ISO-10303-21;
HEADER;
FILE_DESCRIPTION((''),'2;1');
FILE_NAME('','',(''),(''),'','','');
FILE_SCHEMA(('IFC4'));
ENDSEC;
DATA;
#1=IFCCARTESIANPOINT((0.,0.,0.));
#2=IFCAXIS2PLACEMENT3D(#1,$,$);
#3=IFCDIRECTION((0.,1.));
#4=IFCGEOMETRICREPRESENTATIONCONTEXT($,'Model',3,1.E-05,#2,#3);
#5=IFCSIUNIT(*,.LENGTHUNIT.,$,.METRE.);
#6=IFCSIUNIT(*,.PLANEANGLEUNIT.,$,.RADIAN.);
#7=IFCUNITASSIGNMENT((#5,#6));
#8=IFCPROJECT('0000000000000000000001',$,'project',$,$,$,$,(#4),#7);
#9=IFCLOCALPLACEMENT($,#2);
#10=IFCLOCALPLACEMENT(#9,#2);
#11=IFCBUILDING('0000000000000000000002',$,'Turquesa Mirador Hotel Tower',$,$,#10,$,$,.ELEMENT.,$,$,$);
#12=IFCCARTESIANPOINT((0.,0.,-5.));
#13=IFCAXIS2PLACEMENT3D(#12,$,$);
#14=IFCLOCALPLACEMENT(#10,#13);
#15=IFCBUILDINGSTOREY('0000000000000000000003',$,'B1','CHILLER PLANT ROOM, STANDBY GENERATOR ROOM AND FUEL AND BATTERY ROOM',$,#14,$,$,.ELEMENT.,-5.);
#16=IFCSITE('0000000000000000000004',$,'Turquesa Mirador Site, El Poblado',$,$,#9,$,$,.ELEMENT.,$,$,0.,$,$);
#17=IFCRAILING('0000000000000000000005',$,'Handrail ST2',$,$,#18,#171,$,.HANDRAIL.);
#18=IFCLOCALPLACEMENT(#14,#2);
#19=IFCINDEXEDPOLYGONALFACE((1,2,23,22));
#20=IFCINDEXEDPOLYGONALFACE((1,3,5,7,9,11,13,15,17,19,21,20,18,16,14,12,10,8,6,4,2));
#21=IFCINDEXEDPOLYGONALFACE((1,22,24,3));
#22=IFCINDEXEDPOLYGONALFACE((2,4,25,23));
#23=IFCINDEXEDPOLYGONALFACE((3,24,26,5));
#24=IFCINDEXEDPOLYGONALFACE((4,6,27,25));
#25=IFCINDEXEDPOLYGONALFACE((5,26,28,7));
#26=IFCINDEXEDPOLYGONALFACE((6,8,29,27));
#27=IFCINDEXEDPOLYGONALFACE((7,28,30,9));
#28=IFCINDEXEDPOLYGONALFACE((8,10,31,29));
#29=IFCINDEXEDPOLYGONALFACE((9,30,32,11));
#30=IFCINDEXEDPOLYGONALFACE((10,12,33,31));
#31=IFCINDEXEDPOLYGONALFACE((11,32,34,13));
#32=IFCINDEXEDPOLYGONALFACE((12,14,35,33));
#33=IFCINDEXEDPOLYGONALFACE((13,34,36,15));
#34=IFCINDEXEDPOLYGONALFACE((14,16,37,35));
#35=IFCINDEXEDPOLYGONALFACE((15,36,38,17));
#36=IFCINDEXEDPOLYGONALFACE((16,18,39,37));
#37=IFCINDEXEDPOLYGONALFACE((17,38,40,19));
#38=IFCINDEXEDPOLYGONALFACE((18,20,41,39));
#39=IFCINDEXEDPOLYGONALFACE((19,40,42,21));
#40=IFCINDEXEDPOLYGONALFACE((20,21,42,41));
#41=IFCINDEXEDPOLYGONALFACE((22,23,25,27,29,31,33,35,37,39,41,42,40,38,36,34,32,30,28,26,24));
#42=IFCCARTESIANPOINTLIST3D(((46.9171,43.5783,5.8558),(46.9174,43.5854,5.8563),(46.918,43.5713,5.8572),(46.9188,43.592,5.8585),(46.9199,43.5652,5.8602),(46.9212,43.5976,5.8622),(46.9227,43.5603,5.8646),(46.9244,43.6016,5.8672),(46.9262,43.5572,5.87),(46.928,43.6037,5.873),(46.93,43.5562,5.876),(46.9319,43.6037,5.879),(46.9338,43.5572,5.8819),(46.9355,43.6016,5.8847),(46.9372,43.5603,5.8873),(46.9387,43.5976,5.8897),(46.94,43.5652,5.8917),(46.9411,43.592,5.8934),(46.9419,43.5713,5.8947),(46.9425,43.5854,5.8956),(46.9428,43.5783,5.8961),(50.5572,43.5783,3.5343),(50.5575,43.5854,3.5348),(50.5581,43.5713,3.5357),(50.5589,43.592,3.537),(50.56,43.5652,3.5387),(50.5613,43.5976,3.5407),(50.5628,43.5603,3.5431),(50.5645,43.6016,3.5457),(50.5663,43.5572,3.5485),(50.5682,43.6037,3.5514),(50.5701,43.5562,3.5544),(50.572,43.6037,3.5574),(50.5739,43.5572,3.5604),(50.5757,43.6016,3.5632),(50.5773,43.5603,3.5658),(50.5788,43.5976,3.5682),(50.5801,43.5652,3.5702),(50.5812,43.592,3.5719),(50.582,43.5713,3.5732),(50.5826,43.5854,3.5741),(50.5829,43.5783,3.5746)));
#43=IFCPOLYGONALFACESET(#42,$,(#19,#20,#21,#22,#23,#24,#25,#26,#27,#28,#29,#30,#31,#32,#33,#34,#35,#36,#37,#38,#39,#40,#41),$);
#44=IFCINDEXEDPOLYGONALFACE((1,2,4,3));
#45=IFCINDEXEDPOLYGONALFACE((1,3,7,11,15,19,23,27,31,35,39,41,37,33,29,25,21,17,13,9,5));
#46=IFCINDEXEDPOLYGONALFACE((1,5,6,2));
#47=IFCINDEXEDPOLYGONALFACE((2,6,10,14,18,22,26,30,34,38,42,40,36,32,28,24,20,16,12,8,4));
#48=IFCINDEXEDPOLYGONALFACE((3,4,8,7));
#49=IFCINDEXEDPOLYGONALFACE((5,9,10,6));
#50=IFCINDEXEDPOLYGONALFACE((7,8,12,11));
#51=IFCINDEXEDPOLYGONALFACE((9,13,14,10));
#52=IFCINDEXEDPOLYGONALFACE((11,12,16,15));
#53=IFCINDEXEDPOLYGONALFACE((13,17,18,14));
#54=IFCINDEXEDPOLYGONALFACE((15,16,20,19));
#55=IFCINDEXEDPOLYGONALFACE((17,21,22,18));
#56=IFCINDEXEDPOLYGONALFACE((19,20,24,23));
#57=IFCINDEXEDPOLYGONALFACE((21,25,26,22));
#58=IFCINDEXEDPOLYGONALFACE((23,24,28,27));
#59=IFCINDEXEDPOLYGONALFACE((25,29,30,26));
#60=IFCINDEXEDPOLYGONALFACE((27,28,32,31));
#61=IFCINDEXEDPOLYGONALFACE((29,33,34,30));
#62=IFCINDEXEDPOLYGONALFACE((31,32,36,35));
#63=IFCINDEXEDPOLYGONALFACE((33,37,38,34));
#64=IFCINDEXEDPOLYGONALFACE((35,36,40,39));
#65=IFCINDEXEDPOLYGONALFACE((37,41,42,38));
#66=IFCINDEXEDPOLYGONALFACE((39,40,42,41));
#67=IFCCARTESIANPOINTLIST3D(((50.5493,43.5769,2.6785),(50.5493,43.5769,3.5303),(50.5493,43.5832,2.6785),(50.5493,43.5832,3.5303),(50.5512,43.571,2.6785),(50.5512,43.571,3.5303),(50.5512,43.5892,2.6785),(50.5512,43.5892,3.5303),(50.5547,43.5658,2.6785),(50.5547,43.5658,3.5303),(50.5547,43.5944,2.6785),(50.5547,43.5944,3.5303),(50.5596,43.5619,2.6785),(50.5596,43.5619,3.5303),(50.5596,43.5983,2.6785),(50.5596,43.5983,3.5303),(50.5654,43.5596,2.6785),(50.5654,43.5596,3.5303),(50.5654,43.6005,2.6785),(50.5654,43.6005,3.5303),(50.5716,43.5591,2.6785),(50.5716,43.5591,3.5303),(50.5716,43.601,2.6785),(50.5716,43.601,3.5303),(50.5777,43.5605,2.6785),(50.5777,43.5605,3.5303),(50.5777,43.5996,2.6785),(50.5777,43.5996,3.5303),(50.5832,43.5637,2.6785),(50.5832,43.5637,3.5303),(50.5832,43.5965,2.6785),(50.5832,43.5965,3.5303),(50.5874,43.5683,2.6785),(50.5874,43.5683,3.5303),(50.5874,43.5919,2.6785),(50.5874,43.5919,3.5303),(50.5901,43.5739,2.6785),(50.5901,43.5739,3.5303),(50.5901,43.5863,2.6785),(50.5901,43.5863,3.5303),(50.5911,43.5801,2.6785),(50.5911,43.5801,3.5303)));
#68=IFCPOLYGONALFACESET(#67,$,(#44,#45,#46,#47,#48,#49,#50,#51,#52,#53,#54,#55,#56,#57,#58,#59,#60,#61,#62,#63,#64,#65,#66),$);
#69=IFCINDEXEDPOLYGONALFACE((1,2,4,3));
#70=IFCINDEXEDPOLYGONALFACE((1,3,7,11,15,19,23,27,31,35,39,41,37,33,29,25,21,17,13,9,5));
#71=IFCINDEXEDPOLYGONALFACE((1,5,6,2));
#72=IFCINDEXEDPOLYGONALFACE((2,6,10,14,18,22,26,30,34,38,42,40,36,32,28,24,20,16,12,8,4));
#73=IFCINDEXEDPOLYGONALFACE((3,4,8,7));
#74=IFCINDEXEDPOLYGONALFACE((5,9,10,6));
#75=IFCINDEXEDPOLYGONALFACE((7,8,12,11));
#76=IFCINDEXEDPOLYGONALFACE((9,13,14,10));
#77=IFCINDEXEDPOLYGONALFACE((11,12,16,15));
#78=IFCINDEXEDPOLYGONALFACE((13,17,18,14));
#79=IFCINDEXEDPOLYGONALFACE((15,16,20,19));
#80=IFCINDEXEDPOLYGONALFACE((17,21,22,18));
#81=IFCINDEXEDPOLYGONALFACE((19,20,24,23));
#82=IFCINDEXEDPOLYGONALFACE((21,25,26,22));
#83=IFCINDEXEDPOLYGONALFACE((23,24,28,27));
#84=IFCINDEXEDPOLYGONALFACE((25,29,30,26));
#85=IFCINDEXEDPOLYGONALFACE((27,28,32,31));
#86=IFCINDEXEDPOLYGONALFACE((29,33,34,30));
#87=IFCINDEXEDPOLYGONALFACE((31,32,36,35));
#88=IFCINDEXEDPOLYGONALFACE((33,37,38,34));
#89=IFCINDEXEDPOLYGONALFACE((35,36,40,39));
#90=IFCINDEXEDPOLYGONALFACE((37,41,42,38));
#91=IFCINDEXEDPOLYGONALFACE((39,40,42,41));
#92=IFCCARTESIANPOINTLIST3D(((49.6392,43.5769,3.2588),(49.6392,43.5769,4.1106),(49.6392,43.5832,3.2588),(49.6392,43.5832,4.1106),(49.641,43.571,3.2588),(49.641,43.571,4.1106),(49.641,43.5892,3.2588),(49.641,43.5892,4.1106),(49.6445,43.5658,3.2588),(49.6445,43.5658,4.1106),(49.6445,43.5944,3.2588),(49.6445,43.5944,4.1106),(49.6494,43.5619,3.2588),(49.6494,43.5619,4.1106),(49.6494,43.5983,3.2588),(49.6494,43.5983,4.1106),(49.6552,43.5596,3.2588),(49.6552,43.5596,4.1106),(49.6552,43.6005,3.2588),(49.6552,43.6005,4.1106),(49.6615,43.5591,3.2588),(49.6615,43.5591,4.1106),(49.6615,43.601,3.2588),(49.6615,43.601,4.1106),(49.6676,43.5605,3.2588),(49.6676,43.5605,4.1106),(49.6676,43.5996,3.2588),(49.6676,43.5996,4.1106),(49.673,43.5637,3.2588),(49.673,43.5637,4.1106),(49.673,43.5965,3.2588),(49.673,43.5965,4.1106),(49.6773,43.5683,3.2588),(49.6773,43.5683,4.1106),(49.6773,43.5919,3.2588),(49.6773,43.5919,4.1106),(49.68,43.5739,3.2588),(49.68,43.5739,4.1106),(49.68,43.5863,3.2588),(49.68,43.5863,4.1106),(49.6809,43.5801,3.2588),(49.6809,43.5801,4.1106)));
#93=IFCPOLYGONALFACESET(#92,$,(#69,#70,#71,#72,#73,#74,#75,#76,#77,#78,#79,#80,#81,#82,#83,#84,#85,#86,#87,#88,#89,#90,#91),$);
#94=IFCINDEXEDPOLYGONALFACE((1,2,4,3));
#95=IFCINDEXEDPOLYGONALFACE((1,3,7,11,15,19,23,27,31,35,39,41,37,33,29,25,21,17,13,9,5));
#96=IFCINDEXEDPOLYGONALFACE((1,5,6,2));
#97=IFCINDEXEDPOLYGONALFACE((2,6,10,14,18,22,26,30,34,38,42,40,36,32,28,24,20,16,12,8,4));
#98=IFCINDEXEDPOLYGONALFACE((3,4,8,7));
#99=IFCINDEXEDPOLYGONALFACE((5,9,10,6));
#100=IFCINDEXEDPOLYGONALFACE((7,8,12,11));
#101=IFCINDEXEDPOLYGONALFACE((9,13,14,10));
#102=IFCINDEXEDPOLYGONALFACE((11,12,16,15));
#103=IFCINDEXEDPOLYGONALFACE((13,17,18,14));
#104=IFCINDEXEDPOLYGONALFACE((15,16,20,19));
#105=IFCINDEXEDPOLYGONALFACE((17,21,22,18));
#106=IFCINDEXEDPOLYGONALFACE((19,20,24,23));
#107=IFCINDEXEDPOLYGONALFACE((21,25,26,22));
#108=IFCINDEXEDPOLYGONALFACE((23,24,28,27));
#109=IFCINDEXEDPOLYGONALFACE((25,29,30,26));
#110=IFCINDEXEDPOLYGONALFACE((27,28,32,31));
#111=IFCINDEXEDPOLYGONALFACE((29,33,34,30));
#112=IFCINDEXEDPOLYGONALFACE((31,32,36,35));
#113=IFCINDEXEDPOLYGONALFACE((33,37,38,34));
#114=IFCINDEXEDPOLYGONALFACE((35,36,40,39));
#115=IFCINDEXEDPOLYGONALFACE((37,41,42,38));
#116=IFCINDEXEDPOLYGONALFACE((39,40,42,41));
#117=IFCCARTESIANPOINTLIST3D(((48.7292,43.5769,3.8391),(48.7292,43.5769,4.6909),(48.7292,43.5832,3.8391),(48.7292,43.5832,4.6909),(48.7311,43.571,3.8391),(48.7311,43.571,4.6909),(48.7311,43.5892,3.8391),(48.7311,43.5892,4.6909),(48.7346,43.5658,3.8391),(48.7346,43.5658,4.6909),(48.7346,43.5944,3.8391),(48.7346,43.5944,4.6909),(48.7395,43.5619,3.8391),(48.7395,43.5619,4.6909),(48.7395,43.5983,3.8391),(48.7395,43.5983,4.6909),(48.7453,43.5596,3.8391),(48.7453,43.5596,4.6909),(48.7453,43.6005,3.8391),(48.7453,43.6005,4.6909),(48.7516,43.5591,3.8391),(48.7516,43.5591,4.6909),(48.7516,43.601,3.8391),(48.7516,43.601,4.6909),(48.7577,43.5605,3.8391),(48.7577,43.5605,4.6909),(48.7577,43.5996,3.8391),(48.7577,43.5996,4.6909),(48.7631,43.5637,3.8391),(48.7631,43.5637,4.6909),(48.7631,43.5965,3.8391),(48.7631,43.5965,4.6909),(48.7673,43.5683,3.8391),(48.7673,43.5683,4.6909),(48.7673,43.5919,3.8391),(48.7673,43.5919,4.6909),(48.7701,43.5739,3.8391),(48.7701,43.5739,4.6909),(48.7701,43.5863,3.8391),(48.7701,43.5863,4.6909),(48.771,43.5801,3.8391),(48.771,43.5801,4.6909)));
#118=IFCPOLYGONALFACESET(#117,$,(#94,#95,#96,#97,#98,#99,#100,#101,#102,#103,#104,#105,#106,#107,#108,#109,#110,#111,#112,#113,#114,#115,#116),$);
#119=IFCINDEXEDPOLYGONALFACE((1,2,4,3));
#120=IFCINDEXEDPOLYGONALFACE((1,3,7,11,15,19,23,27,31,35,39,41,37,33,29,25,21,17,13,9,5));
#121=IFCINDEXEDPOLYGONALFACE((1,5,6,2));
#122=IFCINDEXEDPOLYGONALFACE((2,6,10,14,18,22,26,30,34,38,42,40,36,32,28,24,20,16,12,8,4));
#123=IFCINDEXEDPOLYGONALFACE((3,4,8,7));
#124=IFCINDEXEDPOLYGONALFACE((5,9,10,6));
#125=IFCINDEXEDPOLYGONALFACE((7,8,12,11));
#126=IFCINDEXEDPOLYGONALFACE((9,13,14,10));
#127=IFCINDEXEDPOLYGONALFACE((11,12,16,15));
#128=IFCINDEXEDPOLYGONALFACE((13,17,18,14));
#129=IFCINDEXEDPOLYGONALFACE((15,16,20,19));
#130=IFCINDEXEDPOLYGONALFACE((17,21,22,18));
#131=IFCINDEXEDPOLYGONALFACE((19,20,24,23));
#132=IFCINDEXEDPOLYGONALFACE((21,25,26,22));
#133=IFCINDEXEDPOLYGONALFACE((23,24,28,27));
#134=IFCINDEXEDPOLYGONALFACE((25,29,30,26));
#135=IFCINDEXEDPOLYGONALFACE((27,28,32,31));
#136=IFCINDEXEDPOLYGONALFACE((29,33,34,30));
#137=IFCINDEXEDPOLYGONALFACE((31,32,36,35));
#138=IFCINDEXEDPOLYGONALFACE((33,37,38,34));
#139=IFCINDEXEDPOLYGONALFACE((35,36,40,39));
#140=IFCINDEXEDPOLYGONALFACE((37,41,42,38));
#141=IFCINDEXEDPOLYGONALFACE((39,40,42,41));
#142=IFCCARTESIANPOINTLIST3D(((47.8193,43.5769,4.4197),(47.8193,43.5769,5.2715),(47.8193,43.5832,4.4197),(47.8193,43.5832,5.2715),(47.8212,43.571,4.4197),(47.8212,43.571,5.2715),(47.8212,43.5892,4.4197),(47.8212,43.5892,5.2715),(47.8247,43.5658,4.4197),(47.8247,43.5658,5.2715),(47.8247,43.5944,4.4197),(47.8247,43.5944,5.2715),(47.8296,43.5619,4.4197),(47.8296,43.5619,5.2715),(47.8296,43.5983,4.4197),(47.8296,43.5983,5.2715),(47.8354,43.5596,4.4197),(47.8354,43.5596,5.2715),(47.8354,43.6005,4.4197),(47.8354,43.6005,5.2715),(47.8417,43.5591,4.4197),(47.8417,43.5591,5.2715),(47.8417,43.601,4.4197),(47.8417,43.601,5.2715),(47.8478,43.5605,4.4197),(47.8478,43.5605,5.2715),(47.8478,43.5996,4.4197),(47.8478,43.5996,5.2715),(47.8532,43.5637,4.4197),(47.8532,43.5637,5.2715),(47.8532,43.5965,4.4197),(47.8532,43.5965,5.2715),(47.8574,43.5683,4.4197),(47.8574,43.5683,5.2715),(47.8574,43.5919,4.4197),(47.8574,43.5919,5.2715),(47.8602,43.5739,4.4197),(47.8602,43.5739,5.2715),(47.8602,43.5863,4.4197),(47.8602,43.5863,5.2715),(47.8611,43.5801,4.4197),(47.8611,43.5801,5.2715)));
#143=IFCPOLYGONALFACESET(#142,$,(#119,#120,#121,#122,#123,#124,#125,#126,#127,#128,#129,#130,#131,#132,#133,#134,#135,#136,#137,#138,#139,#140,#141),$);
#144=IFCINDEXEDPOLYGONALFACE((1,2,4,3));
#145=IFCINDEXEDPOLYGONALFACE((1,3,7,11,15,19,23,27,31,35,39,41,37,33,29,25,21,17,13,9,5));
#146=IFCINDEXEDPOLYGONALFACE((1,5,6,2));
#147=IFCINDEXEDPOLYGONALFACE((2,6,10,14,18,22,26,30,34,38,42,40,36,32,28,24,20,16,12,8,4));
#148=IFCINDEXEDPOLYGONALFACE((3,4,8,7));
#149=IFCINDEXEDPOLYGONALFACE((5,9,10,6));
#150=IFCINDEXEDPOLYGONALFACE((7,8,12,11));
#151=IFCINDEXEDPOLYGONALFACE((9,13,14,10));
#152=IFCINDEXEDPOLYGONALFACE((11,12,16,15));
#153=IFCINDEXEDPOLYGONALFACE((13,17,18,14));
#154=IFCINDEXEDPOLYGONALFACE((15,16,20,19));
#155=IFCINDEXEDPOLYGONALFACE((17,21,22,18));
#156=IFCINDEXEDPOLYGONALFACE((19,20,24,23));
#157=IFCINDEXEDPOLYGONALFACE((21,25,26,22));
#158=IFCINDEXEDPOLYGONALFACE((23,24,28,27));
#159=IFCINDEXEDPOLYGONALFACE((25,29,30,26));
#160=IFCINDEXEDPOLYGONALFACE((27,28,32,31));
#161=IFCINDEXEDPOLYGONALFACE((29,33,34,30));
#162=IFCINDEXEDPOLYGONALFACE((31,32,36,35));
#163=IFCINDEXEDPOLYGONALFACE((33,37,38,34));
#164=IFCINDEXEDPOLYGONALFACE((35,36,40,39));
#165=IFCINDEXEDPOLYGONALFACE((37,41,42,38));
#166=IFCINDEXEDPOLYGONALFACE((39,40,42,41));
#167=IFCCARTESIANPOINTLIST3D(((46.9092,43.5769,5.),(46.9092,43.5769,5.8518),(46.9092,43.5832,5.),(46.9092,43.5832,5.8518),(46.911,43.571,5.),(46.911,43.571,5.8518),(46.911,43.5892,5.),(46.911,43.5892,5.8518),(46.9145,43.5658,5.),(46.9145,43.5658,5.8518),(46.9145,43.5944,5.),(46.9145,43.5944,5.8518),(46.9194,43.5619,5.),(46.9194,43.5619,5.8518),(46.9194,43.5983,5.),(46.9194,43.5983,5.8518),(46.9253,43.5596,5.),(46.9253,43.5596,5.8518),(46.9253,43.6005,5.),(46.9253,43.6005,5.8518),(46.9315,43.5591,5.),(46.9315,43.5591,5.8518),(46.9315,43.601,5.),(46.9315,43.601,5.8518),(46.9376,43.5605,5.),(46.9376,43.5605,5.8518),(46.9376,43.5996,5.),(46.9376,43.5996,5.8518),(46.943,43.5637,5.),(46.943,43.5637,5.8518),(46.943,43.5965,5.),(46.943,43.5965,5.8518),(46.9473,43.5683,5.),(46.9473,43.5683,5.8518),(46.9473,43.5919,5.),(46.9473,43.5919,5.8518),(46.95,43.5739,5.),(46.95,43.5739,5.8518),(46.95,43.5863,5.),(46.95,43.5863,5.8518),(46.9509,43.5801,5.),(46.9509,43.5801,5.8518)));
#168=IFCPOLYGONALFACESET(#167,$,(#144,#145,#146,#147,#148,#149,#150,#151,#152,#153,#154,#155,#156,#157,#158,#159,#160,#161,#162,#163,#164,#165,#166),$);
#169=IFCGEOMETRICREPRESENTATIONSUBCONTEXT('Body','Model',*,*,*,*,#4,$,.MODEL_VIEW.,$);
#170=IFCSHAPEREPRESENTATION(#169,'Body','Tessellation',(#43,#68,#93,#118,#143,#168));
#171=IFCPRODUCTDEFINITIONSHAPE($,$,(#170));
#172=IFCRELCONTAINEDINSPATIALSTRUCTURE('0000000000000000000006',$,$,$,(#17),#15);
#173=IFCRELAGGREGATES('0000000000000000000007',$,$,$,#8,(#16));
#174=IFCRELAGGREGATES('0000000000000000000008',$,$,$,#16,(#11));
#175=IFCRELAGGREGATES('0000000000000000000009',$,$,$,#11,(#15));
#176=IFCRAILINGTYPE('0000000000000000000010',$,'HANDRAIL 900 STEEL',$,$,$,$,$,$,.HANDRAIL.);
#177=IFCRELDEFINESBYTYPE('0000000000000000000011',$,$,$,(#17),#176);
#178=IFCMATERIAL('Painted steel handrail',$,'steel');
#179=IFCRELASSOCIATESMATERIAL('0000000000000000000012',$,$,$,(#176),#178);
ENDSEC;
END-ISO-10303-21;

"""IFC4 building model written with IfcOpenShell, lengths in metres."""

from ifc_helpers import new_model, si_unit, direction, frame, origin, origin_2d, place, context, subcontext, project, spatial, circle, extrude, material, type_object, element, save


model = new_model("IFC4")

# Units and contexts
model_context = context("Model", 3, precision=1e-05, world=origin(), true_north=direction((0.0, 1.0)))
body_context = subcontext(model_context, "Body", "Model", "MODEL_VIEW")
ifc_project = project(units=[si_unit("LENGTHUNIT", "METRE"), si_unit("PLANEANGLEUNIT", "RADIAN")], contexts=[model_context])

# Site, building, storey
site_placement = place(None, origin())
site = spatial("IfcSite", under=ifc_project, at=site_placement, Name="Turquesa Mirador Site, El Poblado", CompositionType="ELEMENT", RefElevation=0.0)
building_placement = place(site_placement, origin())
building = spatial("IfcBuilding", under=site, at=building_placement, Name="Turquesa Mirador Hotel Tower", CompositionType="ELEMENT")
storey_placement = place(building_placement, frame((0.0, 0.0, -5.0)))
storey = spatial("IfcBuildingStorey", under=building, at=storey_placement, Name="B1", Description="CHILLER PLANT ROOM, STANDBY GENERATOR ROOM AND FUEL AND BATTERY ROOM", CompositionType="ELEMENT", Elevation=-5.0)

# Railing
ifc_material_1 = material(Name="Painted steel handrail", Category="steel")
railing_type = type_object("IfcRailingType", Name="HANDRAIL 900 STEEL", PredefinedType="HANDRAIL", material=ifc_material_1)
railing_1_placement = place(storey_placement, frame((50.5701, 43.5801, 2.6785)))
element("IfcRailing", 1, at=railing_1_placement, inside=storey, type_object=railing_type, Name="Handrail ST2", PredefinedType="HANDRAIL", context=body_context, shape_type="SweptSolid", body=[
    extrude(circle(Radius=0.0239, at=origin_2d()), frame((0.0, 0.0, 0.876), z_axis=(-0.843128, 0.0, 0.537713), x_axis=(0.0, -1.0, 0.0)), (0.0, 0.0, 1.0), 4.3174),
    extrude(circle(Radius=0.021, at=origin_2d()), origin(), (0.0, 0.0, 1.0), 0.8518),
    extrude(circle(Radius=0.021, at=origin_2d()), frame((-0.9102, 0.0, 0.5803)), (0.0, 0.0, 1.0), 0.8518),
    extrude(circle(Radius=0.021, at=origin_2d()), frame((-1.8201, 0.0, 1.1606)), (0.0, 0.0, 1.0), 0.8518),
    extrude(circle(Radius=0.021, at=origin_2d()), frame((-2.73, 0.0, 1.7412)), (0.0, 0.0, 1.0), 0.8518),
    extrude(circle(Radius=0.021, at=origin_2d()), frame((-3.6401, 0.0, 2.3215)), (0.0, 0.0, 1.0), 0.8518),
])

save(model, "model.ifc")
